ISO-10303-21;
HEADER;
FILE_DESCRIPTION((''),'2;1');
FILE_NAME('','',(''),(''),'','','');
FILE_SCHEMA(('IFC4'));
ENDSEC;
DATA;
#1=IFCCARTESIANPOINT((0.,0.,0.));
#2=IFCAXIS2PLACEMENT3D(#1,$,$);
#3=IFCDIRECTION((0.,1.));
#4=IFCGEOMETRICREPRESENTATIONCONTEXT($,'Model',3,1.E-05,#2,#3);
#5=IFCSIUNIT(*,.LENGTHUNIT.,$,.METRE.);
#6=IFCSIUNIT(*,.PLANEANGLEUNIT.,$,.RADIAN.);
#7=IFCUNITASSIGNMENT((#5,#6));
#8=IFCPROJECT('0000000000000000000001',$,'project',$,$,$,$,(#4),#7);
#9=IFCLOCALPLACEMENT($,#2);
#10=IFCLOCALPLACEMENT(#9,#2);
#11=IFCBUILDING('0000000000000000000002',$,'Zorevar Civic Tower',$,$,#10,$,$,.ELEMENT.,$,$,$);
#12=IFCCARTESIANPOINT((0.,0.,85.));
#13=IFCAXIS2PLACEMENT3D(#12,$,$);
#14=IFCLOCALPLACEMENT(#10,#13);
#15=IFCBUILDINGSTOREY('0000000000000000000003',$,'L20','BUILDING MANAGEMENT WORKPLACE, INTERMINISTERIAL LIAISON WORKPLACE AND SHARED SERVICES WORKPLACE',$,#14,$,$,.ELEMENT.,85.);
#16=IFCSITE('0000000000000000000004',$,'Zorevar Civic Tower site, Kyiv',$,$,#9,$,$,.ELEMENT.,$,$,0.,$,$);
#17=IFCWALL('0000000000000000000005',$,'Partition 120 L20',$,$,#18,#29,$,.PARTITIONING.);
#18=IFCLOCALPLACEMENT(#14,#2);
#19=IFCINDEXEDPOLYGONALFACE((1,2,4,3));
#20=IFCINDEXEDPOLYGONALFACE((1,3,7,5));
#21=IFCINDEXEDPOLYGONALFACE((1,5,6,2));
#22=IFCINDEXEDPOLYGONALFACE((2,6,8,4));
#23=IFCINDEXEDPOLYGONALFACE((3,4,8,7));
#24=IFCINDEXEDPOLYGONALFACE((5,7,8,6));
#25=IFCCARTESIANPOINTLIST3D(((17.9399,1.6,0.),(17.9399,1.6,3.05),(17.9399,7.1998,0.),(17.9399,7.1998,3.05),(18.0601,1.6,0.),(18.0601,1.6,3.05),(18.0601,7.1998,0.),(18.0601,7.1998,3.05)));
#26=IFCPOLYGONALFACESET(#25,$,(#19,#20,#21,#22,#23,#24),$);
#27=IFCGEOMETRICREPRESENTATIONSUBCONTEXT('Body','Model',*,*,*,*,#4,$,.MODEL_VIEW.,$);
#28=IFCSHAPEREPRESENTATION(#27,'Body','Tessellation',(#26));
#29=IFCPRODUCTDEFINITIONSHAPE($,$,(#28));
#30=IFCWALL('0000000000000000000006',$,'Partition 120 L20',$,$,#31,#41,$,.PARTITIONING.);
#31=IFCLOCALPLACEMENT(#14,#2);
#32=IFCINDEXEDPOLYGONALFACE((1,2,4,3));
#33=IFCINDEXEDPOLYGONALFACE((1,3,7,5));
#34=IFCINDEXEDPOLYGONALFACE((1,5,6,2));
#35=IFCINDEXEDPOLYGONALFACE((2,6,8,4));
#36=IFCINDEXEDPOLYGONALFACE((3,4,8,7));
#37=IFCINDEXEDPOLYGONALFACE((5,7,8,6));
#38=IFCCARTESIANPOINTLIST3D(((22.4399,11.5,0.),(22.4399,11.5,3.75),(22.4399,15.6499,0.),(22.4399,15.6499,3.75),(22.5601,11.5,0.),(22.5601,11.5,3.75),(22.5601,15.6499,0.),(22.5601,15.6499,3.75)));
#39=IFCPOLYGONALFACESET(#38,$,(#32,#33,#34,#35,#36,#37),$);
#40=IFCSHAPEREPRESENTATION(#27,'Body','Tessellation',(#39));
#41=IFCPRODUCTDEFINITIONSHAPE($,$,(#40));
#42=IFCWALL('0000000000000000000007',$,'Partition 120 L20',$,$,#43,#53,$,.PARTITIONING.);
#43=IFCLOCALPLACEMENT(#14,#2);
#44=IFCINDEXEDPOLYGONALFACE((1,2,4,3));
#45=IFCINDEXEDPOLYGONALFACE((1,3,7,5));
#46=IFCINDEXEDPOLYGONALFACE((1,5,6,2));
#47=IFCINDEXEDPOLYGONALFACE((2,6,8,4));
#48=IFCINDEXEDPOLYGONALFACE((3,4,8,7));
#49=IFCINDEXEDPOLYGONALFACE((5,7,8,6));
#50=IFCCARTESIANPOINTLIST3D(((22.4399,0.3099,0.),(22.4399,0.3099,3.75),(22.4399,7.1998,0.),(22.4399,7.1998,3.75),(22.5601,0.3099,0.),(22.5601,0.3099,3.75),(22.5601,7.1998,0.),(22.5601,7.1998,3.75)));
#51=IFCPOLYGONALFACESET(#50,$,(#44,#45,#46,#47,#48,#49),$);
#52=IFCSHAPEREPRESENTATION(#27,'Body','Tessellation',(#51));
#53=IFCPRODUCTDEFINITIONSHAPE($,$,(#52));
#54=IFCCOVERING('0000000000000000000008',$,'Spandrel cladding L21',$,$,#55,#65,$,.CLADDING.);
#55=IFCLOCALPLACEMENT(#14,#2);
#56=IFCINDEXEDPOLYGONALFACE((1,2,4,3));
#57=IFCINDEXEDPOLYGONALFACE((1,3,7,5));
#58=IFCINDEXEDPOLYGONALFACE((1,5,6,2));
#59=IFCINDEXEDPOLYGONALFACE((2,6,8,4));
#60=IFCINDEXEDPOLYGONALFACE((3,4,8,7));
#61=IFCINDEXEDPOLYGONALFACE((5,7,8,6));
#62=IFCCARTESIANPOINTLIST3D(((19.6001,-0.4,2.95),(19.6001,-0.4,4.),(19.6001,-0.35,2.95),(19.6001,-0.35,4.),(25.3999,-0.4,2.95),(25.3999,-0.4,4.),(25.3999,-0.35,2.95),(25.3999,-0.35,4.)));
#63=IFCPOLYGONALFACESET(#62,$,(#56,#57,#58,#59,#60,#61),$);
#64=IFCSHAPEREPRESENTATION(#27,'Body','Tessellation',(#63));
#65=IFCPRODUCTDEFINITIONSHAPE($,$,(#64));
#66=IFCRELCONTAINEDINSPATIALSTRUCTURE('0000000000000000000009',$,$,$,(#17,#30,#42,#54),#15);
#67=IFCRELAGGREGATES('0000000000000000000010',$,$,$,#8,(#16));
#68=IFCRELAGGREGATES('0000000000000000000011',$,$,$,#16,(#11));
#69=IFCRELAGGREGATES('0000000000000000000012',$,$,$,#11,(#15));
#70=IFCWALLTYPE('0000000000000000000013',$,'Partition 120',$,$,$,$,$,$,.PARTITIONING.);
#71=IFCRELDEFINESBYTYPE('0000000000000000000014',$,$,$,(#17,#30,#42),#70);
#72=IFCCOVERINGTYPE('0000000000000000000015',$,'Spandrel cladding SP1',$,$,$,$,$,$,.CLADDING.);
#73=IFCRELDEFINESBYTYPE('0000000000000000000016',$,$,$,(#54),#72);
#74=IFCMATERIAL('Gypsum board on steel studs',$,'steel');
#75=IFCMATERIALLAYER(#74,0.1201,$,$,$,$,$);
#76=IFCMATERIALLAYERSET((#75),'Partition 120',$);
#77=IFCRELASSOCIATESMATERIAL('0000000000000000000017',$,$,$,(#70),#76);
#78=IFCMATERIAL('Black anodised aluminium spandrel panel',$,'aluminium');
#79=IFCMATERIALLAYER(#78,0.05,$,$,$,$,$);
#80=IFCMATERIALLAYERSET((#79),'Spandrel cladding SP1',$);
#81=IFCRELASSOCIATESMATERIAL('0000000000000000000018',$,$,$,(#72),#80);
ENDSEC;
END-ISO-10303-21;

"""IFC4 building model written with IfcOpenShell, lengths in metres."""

from ifc_helpers import new_model, si_unit, direction, frame, frame_2d, origin, place, context, subcontext, project, spatial, rectangle, extrude, material, layer, layer_set, type_object, element, save


model = new_model("IFC4")

# Units and contexts
model_context = context("Model", 3, precision=1e-05, world=origin(), true_north=direction((0.0, 1.0)))
body_context = subcontext(model_context, "Body", "Model", "MODEL_VIEW")
ifc_project = project(units=[si_unit("LENGTHUNIT", "METRE"), si_unit("PLANEANGLEUNIT", "RADIAN")], contexts=[model_context])

# Site, building, storey
site_placement = place(None, origin())
site = spatial("IfcSite", under=ifc_project, at=site_placement, Name="Zorevar Civic Tower site, Kyiv", CompositionType="ELEMENT", RefElevation=0.0)
building_placement = place(site_placement, origin())
building = spatial("IfcBuilding", under=site, at=building_placement, Name="Zorevar Civic Tower", CompositionType="ELEMENT")
storey_placement = place(building_placement, frame((0.0, 0.0, 85.0)))
storey = spatial("IfcBuildingStorey", under=building, at=storey_placement, Name="L20", Description="BUILDING MANAGEMENT WORKPLACE, INTERMINISTERIAL LIAISON WORKPLACE AND SHARED SERVICES WORKPLACE", CompositionType="ELEMENT", Elevation=85.0)

# Shared definitions
ifc_material_1 = material(Name="Gypsum board on steel studs", Category="steel")
ifc_layer_1 = layer(ifc_material_1, 0.1201)
ifc_layer_set_1 = layer_set([ifc_layer_1], Name="Partition 120")
wall_type = type_object("IfcWallType", Name="Partition 120", PredefinedType="PARTITIONING", material=ifc_layer_set_1)

# Walls
wall_1_placement = place(storey_placement, frame((18.0, 1.6001, 0.0), z_axis=(0.0, 0.0, 1.0), x_axis=(0.0, 1.0, 0.0)))
element("IfcWall", 1, at=wall_1_placement, inside=storey, type_object=wall_type, Name="Partition 120 L20", PredefinedType="PARTITIONING", context=body_context, shape_type="SweptSolid", body=[
    extrude(rectangle(XDim=5.5999, YDim=0.1201, at=frame_2d((2.7998, 0.0))), origin(), (0.0, 0.0, 1.0), 3.05),
])
wall_2_placement = place(storey_placement, frame((22.5, 11.5, 0.0), z_axis=(0.0, 0.0, 1.0), x_axis=(0.0, 1.0, 0.0)))
element("IfcWall", 2, at=wall_2_placement, inside=storey, type_object=wall_type, Name="Partition 120 L20", PredefinedType="PARTITIONING", context=body_context, shape_type="SweptSolid", body=[
    extrude(rectangle(XDim=4.1499, YDim=0.1201, at=frame_2d((2.075, 0.0))), origin(), (0.0, 0.0, 1.0), 3.75),
])
wall_3_placement = place(storey_placement, frame((22.5, 0.3101, 0.0), z_axis=(0.0, 0.0, 1.0), x_axis=(0.0, 1.0, 0.0)))
element("IfcWall", 3, at=wall_3_placement, inside=storey, type_object=wall_type, Name="Partition 120 L20", PredefinedType="PARTITIONING", context=body_context, shape_type="SweptSolid", body=[
    extrude(rectangle(XDim=6.8899, YDim=0.1201, at=frame_2d((3.4448, 0.0))), origin(), (0.0, 0.0, 1.0), 3.75),
])

# Covering
ifc_material_2 = material(Name="Black anodised aluminium spandrel panel", Category="aluminium")
ifc_layer_2 = layer(ifc_material_2, 0.05)
ifc_layer_set_2 = layer_set([ifc_layer_2], Name="Spandrel cladding SP1")
covering_type = type_object("IfcCoveringType", Name="Spandrel cladding SP1", PredefinedType="CLADDING", material=ifc_layer_set_2)
covering_placement = place(storey_placement, frame((19.6001, -0.375, 2.95), z_axis=(0.0, 0.0, 1.0), x_axis=(1.0, 0.0, 0.0)))
element("IfcCovering", 4, at=covering_placement, inside=storey, type_object=covering_type, Name="Spandrel cladding L21", PredefinedType="CLADDING", context=body_context, shape_type="SweptSolid", body=[
    extrude(rectangle(XDim=5.7998, YDim=0.05, at=frame_2d((2.8999, 0.0))), origin(), (0.0, 0.0, 1.0), 1.05),
])

save(model, "model.ifc")
